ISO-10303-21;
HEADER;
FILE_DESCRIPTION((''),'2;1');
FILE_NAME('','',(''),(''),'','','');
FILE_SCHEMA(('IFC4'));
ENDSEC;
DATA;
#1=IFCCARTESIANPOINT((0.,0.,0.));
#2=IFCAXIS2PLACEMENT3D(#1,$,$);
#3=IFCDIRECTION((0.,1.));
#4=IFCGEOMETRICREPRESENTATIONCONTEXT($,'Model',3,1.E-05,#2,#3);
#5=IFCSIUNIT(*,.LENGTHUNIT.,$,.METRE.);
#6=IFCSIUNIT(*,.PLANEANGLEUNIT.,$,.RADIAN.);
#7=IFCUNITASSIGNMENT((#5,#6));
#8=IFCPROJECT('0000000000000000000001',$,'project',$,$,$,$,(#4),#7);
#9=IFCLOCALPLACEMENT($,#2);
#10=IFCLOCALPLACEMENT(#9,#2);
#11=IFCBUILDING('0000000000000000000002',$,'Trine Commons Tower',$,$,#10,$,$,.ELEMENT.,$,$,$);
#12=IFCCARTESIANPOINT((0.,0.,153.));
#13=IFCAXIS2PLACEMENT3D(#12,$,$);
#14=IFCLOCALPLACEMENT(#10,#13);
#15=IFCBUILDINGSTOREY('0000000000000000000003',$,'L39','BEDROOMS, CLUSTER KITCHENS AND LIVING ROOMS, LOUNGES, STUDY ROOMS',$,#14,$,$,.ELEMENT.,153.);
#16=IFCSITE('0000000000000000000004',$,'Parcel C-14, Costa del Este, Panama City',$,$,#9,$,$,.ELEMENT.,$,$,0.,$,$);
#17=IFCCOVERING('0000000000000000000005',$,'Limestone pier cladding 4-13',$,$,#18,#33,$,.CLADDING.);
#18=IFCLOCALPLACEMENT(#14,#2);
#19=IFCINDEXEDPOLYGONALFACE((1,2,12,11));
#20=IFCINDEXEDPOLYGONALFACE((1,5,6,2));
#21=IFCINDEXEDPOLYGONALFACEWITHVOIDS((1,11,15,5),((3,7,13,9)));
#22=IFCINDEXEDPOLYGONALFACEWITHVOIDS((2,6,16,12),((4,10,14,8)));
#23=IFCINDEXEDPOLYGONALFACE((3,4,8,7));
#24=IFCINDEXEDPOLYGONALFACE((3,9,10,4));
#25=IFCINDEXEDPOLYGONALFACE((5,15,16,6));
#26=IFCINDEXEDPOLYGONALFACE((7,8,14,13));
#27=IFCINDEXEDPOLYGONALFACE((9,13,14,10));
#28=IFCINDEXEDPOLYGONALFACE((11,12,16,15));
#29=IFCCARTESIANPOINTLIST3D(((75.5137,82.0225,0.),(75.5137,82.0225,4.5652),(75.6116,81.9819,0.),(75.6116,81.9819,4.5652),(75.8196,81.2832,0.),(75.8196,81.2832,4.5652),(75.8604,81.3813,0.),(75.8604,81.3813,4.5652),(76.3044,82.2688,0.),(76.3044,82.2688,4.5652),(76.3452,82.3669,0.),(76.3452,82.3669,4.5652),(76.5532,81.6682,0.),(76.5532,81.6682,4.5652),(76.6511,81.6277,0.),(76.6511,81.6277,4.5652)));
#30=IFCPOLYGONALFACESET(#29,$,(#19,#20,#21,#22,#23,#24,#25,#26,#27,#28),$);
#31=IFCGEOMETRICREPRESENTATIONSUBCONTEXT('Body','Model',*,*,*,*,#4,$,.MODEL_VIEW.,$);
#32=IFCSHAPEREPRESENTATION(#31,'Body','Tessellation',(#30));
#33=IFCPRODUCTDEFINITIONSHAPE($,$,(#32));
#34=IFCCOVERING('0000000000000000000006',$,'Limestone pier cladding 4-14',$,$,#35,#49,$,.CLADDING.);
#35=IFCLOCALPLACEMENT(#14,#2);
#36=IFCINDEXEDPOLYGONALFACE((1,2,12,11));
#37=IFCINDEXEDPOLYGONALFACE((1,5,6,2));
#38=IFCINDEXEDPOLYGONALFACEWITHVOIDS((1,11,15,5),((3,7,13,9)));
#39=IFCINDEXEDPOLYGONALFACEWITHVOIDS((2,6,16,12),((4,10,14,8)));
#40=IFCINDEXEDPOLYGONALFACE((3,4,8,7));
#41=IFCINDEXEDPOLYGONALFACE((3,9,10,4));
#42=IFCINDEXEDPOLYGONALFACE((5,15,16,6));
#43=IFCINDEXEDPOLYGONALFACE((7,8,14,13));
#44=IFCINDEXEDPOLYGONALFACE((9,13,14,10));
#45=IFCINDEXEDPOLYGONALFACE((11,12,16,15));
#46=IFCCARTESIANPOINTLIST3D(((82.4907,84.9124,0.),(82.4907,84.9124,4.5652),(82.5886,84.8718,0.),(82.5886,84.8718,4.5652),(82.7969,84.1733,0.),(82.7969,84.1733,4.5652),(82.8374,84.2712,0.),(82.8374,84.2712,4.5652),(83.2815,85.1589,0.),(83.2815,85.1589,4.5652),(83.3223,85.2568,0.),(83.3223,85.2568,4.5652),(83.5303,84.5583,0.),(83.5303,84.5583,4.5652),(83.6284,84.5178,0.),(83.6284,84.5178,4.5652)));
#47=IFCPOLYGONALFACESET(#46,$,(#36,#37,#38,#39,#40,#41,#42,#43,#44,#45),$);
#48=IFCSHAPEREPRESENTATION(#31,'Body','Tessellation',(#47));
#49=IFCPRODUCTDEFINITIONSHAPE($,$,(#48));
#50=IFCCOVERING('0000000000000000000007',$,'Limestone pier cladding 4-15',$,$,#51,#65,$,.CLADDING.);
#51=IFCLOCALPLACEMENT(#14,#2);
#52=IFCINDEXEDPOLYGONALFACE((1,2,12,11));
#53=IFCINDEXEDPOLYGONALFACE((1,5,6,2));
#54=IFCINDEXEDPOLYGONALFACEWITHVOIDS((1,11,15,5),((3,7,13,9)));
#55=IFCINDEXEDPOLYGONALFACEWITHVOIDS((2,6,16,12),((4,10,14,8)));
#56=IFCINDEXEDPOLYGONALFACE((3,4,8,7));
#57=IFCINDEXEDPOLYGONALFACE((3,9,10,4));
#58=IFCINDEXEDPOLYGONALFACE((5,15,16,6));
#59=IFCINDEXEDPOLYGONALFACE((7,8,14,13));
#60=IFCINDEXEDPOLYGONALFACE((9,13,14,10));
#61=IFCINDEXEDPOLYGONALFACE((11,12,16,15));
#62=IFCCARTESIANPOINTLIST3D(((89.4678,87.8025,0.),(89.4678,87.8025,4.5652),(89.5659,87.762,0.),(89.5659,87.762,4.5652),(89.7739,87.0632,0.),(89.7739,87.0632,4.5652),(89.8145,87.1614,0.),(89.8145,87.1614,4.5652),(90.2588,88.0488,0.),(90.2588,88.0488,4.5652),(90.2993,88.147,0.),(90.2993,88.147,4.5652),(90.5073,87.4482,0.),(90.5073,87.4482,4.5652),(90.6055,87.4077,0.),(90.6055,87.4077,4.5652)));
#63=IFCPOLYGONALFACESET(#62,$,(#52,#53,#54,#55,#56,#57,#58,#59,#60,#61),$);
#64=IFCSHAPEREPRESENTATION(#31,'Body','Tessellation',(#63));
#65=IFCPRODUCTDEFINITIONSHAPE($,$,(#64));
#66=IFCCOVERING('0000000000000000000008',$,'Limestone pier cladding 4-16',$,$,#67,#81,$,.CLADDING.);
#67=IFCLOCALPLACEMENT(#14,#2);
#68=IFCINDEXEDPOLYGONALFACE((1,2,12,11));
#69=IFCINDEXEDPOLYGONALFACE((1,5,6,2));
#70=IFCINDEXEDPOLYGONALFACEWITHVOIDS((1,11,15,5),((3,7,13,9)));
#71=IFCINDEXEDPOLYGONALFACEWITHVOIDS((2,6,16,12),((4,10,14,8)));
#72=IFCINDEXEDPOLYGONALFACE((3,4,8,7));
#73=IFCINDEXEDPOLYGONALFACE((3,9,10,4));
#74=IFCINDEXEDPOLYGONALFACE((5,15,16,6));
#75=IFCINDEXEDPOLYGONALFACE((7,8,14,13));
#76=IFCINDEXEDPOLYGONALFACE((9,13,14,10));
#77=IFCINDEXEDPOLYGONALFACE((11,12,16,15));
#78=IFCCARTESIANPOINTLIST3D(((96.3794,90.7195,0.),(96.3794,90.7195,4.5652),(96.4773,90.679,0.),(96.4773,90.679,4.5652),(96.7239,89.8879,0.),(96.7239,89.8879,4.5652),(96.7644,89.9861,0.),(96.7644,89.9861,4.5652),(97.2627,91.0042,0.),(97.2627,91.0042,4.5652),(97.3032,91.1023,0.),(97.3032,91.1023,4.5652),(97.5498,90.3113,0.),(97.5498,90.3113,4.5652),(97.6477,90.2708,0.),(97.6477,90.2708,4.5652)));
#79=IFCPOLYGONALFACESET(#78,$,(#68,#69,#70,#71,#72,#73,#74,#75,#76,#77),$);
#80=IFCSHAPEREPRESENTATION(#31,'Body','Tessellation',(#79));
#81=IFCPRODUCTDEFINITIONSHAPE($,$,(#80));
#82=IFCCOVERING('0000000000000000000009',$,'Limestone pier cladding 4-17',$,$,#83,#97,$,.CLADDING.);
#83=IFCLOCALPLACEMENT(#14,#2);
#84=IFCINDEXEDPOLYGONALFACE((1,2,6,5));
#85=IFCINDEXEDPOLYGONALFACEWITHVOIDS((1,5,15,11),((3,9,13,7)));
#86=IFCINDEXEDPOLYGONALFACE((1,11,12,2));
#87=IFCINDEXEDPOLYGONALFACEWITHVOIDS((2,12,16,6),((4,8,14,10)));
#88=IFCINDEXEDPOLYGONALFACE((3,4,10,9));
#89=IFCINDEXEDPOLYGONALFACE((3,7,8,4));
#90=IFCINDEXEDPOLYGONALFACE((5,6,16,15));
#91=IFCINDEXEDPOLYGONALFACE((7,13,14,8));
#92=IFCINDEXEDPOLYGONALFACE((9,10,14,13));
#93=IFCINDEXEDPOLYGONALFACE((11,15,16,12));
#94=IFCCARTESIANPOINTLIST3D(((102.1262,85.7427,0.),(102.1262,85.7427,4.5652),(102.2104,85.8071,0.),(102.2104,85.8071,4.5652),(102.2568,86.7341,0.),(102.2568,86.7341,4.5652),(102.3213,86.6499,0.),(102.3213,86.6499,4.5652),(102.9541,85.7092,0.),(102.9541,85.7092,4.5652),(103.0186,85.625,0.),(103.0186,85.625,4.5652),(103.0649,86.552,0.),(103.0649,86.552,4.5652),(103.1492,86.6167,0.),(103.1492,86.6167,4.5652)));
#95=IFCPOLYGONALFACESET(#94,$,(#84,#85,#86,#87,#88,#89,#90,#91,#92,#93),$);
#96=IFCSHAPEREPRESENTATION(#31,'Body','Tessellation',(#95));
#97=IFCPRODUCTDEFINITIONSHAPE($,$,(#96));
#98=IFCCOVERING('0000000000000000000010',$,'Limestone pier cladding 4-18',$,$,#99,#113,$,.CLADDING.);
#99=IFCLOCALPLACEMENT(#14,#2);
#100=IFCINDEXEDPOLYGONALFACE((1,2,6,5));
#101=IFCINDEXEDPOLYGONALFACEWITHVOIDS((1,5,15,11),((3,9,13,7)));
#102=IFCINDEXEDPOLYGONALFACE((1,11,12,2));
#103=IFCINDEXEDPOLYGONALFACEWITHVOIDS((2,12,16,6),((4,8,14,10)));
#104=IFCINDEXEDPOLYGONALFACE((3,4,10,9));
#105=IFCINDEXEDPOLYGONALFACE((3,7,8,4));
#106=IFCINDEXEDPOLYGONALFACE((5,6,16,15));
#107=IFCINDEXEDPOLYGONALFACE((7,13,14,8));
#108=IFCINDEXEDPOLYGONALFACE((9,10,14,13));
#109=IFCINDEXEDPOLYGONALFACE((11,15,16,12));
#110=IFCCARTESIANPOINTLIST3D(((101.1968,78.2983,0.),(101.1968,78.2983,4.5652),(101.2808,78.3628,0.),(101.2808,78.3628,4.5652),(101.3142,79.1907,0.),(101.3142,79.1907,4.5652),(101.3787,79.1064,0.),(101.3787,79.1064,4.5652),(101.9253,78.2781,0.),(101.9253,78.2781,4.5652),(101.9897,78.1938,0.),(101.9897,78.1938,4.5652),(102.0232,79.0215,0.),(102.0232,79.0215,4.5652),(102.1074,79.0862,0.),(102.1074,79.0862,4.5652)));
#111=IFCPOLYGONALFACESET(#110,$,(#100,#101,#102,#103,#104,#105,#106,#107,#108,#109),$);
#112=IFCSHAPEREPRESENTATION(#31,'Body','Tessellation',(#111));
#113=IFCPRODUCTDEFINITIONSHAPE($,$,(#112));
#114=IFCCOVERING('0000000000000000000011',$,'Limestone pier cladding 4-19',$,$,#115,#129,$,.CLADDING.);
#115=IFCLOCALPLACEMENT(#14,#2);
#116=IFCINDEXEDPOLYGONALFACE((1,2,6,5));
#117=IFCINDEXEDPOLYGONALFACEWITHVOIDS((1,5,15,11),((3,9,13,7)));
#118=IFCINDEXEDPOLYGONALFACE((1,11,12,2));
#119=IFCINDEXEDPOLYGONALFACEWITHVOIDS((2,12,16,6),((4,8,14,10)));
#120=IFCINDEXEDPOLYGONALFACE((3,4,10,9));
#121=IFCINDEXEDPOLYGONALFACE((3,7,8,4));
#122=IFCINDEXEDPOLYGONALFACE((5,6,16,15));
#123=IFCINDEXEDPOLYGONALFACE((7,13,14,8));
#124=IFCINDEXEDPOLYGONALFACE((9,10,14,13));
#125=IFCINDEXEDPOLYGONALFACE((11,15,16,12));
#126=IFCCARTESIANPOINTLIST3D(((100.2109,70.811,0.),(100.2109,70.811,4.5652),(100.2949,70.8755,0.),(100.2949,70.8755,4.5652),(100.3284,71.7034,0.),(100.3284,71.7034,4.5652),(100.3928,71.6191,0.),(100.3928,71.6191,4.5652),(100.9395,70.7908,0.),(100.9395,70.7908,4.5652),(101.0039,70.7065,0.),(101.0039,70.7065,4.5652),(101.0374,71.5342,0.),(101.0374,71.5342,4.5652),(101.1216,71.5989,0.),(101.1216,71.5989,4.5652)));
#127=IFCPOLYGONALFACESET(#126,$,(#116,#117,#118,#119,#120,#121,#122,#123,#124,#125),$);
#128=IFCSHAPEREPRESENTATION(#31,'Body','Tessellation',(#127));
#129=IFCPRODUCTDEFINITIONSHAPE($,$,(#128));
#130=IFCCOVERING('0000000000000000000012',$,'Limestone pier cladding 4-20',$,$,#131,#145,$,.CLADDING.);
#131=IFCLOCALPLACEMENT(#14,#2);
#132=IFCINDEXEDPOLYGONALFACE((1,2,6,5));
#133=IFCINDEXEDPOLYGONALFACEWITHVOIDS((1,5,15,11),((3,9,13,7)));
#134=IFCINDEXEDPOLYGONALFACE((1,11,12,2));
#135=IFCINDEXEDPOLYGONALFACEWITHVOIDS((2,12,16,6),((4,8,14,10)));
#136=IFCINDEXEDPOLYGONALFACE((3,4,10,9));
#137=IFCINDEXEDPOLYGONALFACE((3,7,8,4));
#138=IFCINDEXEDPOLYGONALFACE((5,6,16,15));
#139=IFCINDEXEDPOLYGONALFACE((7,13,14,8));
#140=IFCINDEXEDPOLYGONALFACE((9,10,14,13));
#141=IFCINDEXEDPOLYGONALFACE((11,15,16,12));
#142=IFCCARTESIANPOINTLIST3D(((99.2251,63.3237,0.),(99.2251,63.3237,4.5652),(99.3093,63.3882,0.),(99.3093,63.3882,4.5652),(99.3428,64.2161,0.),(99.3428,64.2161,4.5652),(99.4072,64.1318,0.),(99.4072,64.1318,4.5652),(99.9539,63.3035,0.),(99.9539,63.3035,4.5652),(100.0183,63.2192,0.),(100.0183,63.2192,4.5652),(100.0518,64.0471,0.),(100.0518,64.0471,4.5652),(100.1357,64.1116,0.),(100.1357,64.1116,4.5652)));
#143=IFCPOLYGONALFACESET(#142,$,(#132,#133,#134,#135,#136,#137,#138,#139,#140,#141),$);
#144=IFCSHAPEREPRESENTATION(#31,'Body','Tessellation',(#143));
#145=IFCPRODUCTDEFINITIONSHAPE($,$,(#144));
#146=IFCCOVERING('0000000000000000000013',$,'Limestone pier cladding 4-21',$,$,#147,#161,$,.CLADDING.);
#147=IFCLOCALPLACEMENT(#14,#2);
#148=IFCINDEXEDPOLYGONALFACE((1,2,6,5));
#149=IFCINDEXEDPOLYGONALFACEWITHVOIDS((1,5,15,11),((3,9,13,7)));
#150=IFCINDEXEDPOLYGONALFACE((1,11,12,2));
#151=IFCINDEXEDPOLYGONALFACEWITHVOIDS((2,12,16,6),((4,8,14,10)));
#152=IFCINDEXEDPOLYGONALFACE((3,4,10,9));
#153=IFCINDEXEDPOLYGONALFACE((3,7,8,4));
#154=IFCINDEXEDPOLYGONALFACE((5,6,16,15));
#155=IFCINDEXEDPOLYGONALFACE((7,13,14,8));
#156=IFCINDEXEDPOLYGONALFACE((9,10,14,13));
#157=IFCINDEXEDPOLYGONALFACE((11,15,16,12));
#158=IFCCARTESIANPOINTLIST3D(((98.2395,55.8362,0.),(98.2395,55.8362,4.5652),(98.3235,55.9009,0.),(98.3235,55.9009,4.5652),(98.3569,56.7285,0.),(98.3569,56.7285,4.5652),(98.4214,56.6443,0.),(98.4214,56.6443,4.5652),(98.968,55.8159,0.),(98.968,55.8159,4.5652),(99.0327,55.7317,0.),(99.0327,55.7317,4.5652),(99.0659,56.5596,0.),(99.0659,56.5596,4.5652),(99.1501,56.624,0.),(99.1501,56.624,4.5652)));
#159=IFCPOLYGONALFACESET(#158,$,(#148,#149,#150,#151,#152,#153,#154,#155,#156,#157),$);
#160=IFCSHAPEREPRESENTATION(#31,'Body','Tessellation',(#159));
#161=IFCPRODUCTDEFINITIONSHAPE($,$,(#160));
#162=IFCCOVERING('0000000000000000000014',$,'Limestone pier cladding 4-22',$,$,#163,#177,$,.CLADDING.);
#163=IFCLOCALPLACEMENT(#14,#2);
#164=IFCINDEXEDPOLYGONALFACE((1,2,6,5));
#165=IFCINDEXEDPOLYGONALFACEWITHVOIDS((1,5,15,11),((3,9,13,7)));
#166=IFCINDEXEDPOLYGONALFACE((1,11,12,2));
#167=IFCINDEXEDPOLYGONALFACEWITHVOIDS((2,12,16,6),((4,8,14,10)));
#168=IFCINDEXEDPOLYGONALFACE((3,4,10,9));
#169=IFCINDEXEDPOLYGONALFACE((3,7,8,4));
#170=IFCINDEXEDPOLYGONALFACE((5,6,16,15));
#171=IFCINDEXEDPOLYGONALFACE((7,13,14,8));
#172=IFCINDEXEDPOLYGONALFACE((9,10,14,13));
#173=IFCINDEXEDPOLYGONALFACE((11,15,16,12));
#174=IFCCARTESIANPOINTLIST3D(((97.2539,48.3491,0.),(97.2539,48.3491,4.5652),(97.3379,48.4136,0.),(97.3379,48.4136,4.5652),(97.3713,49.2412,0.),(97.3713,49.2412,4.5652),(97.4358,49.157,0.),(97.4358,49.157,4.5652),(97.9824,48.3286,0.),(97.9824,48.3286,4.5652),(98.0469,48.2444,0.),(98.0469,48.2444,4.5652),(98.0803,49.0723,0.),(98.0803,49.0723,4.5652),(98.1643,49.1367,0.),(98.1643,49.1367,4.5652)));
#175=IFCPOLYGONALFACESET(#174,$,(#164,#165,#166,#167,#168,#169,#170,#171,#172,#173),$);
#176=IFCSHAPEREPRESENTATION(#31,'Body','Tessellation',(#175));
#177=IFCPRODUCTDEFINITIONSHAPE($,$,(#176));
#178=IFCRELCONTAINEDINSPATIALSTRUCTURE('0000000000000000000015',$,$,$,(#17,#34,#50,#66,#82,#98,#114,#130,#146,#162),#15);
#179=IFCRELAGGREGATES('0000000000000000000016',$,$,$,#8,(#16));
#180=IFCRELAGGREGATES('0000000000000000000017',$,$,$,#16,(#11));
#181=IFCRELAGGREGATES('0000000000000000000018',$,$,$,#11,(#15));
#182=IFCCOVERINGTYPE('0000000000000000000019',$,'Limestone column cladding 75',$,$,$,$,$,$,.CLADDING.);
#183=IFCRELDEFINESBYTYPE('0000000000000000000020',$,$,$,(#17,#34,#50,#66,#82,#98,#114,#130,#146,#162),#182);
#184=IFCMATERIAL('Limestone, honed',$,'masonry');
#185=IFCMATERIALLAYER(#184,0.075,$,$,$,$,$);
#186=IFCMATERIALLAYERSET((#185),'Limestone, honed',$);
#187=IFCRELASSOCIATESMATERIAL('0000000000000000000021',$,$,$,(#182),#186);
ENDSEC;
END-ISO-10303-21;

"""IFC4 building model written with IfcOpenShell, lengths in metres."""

from ifc_helpers import new_model, si_unit, direction, frame, origin, place, context, subcontext, project, spatial, polyline, outline, extrude, material, layer, layer_set, type_object, element, save


model = new_model("IFC4")

# Units and contexts
model_context = context("Model", 3, precision=1e-05, world=origin(), true_north=direction((0.0, 1.0)))
body_context = subcontext(model_context, "Body", "Model", "MODEL_VIEW")
ifc_project = project(units=[si_unit("LENGTHUNIT", "METRE"), si_unit("PLANEANGLEUNIT", "RADIAN")], contexts=[model_context])

# Site, building, storey
site_placement = place(None, origin())
site = spatial("IfcSite", under=ifc_project, at=site_placement, Name="Parcel C-14, Costa del Este, Panama City", CompositionType="ELEMENT", RefElevation=0.0)
building_placement = place(site_placement, origin())
building = spatial("IfcBuilding", under=site, at=building_placement, Name="Trine Commons Tower", CompositionType="ELEMENT")
storey_placement = place(building_placement, frame((0.0, 0.0, 153.0)))
storey = spatial("IfcBuildingStorey", under=building, at=storey_placement, Name="L39", Description="BEDROOMS, CLUSTER KITCHENS AND LIVING ROOMS, LOUNGES, STUDY ROOMS", CompositionType="ELEMENT", Elevation=153.0)

# Coverings
ifc_material_1 = material(Name="Limestone, honed", Category="masonry")
ifc_layer_1 = layer(ifc_material_1, 0.075)
ifc_layer_set_1 = layer_set([ifc_layer_1], Name="Limestone, honed")
covering_type_1 = type_object("IfcCoveringType", Name="Limestone column cladding 75", PredefinedType="CLADDING", material=ifc_layer_set_1)
covering_1_placement = place(storey_placement, origin())
element("IfcCovering", 1, at=covering_1_placement, inside=storey, type_object=covering_type_1, Name="Limestone pier cladding 4-13", PredefinedType="CLADDING", context=body_context, shape_type="SweptSolid", body=[
    extrude(outline(polyline([(76.6511, 81.6277), (76.3452, 82.3669), (75.5137, 82.0225), (75.8196, 81.2832), (76.6511, 81.6277)]), holes=[polyline([(76.5532, 81.6682), (76.3044, 82.2688), (75.6116, 81.9819), (75.8604, 81.3813), (76.5532, 81.6682)])]), origin(), (0.0, 0.0, 1.0), 4.5652),
])
covering_2_placement = place(storey_placement, origin())
element("IfcCovering", 2, at=covering_2_placement, inside=storey, type_object=covering_type_1, Name="Limestone pier cladding 4-14", PredefinedType="CLADDING", context=body_context, shape_type="SweptSolid", body=[
    extrude(outline(polyline([(83.6284, 84.5178), (83.3223, 85.2568), (82.4907, 84.9124), (82.7969, 84.1733), (83.6284, 84.5178)]), holes=[polyline([(83.5303, 84.5583), (83.2815, 85.1589), (82.5886, 84.8718), (82.8374, 84.2712), (83.5303, 84.5583)])]), origin(), (0.0, 0.0, 1.0), 4.5652),
])
covering_3_placement = place(storey_placement, origin())
element("IfcCovering", 3, at=covering_3_placement, inside=storey, type_object=covering_type_1, Name="Limestone pier cladding 4-15", PredefinedType="CLADDING", context=body_context, shape_type="SweptSolid", body=[
    extrude(outline(polyline([(90.6055, 87.4077), (90.2993, 88.147), (89.4678, 87.8025), (89.7739, 87.0632), (90.6055, 87.4077)]), holes=[polyline([(90.5073, 87.4482), (90.2588, 88.0488), (89.5659, 87.762), (89.8145, 87.1614), (90.5073, 87.4482)])]), origin(), (0.0, 0.0, 1.0), 4.5652),
])
covering_4_placement = place(storey_placement, origin())
element("IfcCovering", 4, at=covering_4_placement, inside=storey, type_object=covering_type_1, Name="Limestone pier cladding 4-16", PredefinedType="CLADDING", context=body_context, shape_type="SweptSolid", body=[
    extrude(outline(polyline([(97.6477, 90.2708), (97.3032, 91.1023), (96.3794, 90.7195), (96.7239, 89.8879), (97.6477, 90.2708)]), holes=[polyline([(97.5498, 90.3113), (97.2627, 91.0042), (96.4773, 90.679), (96.7644, 89.9861), (97.5498, 90.3113)])]), origin(), (0.0, 0.0, 1.0), 4.5652),
])
covering_5_placement = place(storey_placement, origin())
element("IfcCovering", 5, at=covering_5_placement, inside=storey, type_object=covering_type_1, Name="Limestone pier cladding 4-17", PredefinedType="CLADDING", context=body_context, shape_type="SweptSolid", body=[
    extrude(outline(polyline([(103.1492, 86.6167), (102.2568, 86.7341), (102.1262, 85.7427), (103.0186, 85.625), (103.1492, 86.6167)]), holes=[polyline([(103.0649, 86.552), (102.3213, 86.6499), (102.2104, 85.8071), (102.9541, 85.7092), (103.0649, 86.552)])]), origin(), (0.0, 0.0, 1.0), 4.5652),
])
covering_6_placement = place(storey_placement, origin())
element("IfcCovering", 6, at=covering_6_placement, inside=storey, type_object=covering_type_1, Name="Limestone pier cladding 4-18", PredefinedType="CLADDING", context=body_context, shape_type="SweptSolid", body=[
    extrude(outline(polyline([(102.1074, 79.0862), (101.3142, 79.1907), (101.1968, 78.2983), (101.9897, 78.1938), (102.1074, 79.0862)]), holes=[polyline([(102.0232, 79.0215), (101.3787, 79.1064), (101.2808, 78.3628), (101.9253, 78.2781), (102.0232, 79.0215)])]), origin(), (0.0, 0.0, 1.0), 4.5652),
])
covering_7_placement = place(storey_placement, origin())
element("IfcCovering", 7, at=covering_7_placement, inside=storey, type_object=covering_type_1, Name="Limestone pier cladding 4-19", PredefinedType="CLADDING", context=body_context, shape_type="SweptSolid", body=[
    extrude(outline(polyline([(101.1216, 71.5989), (100.3284, 71.7034), (100.2109, 70.811), (101.0039, 70.7065), (101.1216, 71.5989)]), holes=[polyline([(101.0374, 71.5342), (100.3928, 71.6191), (100.2949, 70.8755), (100.9395, 70.7908), (101.0374, 71.5342)])]), origin(), (0.0, 0.0, 1.0), 4.5652),
])
covering_8_placement = place(storey_placement, origin())
element("IfcCovering", 8, at=covering_8_placement, inside=storey, type_object=covering_type_1, Name="Limestone pier cladding 4-20", PredefinedType="CLADDING", context=body_context, shape_type="SweptSolid", body=[
    extrude(outline(polyline([(100.1357, 64.1116), (99.3428, 64.2161), (99.2251, 63.3237), (100.0183, 63.2192), (100.1357, 64.1116)]), holes=[polyline([(100.0518, 64.0471), (99.4072, 64.1318), (99.3093, 63.3882), (99.9539, 63.3035), (100.0518, 64.0471)])]), origin(), (0.0, 0.0, 1.0), 4.5652),
])
covering_9_placement = place(storey_placement, origin())
element("IfcCovering", 9, at=covering_9_placement, inside=storey, type_object=covering_type_1, Name="Limestone pier cladding 4-21", PredefinedType="CLADDING", context=body_context, shape_type="SweptSolid", body=[
    extrude(outline(polyline([(99.1501, 56.624), (98.3569, 56.7285), (98.2395, 55.8362), (99.0327, 55.7317), (99.1501, 56.624)]), holes=[polyline([(99.0659, 56.5596), (98.4214, 56.6443), (98.3235, 55.9009), (98.968, 55.8159), (99.0659, 56.5596)])]), origin(), (0.0, 0.0, 1.0), 4.5652),
])
covering_10_placement = place(storey_placement, origin())
element("IfcCovering", 10, at=covering_10_placement, inside=storey, type_object=covering_type_1, Name="Limestone pier cladding 4-22", PredefinedType="CLADDING", context=body_context, shape_type="SweptSolid", body=[
    extrude(outline(polyline([(98.1643, 49.1367), (97.3713, 49.2412), (97.2539, 48.3491), (98.0469, 48.2444), (98.1643, 49.1367)]), holes=[polyline([(98.0803, 49.0723), (97.4358, 49.157), (97.3379, 48.4136), (97.9824, 48.3286), (98.0803, 49.0723)])]), origin(), (0.0, 0.0, 1.0), 4.5652),
])

save(model, "model.ifc")
